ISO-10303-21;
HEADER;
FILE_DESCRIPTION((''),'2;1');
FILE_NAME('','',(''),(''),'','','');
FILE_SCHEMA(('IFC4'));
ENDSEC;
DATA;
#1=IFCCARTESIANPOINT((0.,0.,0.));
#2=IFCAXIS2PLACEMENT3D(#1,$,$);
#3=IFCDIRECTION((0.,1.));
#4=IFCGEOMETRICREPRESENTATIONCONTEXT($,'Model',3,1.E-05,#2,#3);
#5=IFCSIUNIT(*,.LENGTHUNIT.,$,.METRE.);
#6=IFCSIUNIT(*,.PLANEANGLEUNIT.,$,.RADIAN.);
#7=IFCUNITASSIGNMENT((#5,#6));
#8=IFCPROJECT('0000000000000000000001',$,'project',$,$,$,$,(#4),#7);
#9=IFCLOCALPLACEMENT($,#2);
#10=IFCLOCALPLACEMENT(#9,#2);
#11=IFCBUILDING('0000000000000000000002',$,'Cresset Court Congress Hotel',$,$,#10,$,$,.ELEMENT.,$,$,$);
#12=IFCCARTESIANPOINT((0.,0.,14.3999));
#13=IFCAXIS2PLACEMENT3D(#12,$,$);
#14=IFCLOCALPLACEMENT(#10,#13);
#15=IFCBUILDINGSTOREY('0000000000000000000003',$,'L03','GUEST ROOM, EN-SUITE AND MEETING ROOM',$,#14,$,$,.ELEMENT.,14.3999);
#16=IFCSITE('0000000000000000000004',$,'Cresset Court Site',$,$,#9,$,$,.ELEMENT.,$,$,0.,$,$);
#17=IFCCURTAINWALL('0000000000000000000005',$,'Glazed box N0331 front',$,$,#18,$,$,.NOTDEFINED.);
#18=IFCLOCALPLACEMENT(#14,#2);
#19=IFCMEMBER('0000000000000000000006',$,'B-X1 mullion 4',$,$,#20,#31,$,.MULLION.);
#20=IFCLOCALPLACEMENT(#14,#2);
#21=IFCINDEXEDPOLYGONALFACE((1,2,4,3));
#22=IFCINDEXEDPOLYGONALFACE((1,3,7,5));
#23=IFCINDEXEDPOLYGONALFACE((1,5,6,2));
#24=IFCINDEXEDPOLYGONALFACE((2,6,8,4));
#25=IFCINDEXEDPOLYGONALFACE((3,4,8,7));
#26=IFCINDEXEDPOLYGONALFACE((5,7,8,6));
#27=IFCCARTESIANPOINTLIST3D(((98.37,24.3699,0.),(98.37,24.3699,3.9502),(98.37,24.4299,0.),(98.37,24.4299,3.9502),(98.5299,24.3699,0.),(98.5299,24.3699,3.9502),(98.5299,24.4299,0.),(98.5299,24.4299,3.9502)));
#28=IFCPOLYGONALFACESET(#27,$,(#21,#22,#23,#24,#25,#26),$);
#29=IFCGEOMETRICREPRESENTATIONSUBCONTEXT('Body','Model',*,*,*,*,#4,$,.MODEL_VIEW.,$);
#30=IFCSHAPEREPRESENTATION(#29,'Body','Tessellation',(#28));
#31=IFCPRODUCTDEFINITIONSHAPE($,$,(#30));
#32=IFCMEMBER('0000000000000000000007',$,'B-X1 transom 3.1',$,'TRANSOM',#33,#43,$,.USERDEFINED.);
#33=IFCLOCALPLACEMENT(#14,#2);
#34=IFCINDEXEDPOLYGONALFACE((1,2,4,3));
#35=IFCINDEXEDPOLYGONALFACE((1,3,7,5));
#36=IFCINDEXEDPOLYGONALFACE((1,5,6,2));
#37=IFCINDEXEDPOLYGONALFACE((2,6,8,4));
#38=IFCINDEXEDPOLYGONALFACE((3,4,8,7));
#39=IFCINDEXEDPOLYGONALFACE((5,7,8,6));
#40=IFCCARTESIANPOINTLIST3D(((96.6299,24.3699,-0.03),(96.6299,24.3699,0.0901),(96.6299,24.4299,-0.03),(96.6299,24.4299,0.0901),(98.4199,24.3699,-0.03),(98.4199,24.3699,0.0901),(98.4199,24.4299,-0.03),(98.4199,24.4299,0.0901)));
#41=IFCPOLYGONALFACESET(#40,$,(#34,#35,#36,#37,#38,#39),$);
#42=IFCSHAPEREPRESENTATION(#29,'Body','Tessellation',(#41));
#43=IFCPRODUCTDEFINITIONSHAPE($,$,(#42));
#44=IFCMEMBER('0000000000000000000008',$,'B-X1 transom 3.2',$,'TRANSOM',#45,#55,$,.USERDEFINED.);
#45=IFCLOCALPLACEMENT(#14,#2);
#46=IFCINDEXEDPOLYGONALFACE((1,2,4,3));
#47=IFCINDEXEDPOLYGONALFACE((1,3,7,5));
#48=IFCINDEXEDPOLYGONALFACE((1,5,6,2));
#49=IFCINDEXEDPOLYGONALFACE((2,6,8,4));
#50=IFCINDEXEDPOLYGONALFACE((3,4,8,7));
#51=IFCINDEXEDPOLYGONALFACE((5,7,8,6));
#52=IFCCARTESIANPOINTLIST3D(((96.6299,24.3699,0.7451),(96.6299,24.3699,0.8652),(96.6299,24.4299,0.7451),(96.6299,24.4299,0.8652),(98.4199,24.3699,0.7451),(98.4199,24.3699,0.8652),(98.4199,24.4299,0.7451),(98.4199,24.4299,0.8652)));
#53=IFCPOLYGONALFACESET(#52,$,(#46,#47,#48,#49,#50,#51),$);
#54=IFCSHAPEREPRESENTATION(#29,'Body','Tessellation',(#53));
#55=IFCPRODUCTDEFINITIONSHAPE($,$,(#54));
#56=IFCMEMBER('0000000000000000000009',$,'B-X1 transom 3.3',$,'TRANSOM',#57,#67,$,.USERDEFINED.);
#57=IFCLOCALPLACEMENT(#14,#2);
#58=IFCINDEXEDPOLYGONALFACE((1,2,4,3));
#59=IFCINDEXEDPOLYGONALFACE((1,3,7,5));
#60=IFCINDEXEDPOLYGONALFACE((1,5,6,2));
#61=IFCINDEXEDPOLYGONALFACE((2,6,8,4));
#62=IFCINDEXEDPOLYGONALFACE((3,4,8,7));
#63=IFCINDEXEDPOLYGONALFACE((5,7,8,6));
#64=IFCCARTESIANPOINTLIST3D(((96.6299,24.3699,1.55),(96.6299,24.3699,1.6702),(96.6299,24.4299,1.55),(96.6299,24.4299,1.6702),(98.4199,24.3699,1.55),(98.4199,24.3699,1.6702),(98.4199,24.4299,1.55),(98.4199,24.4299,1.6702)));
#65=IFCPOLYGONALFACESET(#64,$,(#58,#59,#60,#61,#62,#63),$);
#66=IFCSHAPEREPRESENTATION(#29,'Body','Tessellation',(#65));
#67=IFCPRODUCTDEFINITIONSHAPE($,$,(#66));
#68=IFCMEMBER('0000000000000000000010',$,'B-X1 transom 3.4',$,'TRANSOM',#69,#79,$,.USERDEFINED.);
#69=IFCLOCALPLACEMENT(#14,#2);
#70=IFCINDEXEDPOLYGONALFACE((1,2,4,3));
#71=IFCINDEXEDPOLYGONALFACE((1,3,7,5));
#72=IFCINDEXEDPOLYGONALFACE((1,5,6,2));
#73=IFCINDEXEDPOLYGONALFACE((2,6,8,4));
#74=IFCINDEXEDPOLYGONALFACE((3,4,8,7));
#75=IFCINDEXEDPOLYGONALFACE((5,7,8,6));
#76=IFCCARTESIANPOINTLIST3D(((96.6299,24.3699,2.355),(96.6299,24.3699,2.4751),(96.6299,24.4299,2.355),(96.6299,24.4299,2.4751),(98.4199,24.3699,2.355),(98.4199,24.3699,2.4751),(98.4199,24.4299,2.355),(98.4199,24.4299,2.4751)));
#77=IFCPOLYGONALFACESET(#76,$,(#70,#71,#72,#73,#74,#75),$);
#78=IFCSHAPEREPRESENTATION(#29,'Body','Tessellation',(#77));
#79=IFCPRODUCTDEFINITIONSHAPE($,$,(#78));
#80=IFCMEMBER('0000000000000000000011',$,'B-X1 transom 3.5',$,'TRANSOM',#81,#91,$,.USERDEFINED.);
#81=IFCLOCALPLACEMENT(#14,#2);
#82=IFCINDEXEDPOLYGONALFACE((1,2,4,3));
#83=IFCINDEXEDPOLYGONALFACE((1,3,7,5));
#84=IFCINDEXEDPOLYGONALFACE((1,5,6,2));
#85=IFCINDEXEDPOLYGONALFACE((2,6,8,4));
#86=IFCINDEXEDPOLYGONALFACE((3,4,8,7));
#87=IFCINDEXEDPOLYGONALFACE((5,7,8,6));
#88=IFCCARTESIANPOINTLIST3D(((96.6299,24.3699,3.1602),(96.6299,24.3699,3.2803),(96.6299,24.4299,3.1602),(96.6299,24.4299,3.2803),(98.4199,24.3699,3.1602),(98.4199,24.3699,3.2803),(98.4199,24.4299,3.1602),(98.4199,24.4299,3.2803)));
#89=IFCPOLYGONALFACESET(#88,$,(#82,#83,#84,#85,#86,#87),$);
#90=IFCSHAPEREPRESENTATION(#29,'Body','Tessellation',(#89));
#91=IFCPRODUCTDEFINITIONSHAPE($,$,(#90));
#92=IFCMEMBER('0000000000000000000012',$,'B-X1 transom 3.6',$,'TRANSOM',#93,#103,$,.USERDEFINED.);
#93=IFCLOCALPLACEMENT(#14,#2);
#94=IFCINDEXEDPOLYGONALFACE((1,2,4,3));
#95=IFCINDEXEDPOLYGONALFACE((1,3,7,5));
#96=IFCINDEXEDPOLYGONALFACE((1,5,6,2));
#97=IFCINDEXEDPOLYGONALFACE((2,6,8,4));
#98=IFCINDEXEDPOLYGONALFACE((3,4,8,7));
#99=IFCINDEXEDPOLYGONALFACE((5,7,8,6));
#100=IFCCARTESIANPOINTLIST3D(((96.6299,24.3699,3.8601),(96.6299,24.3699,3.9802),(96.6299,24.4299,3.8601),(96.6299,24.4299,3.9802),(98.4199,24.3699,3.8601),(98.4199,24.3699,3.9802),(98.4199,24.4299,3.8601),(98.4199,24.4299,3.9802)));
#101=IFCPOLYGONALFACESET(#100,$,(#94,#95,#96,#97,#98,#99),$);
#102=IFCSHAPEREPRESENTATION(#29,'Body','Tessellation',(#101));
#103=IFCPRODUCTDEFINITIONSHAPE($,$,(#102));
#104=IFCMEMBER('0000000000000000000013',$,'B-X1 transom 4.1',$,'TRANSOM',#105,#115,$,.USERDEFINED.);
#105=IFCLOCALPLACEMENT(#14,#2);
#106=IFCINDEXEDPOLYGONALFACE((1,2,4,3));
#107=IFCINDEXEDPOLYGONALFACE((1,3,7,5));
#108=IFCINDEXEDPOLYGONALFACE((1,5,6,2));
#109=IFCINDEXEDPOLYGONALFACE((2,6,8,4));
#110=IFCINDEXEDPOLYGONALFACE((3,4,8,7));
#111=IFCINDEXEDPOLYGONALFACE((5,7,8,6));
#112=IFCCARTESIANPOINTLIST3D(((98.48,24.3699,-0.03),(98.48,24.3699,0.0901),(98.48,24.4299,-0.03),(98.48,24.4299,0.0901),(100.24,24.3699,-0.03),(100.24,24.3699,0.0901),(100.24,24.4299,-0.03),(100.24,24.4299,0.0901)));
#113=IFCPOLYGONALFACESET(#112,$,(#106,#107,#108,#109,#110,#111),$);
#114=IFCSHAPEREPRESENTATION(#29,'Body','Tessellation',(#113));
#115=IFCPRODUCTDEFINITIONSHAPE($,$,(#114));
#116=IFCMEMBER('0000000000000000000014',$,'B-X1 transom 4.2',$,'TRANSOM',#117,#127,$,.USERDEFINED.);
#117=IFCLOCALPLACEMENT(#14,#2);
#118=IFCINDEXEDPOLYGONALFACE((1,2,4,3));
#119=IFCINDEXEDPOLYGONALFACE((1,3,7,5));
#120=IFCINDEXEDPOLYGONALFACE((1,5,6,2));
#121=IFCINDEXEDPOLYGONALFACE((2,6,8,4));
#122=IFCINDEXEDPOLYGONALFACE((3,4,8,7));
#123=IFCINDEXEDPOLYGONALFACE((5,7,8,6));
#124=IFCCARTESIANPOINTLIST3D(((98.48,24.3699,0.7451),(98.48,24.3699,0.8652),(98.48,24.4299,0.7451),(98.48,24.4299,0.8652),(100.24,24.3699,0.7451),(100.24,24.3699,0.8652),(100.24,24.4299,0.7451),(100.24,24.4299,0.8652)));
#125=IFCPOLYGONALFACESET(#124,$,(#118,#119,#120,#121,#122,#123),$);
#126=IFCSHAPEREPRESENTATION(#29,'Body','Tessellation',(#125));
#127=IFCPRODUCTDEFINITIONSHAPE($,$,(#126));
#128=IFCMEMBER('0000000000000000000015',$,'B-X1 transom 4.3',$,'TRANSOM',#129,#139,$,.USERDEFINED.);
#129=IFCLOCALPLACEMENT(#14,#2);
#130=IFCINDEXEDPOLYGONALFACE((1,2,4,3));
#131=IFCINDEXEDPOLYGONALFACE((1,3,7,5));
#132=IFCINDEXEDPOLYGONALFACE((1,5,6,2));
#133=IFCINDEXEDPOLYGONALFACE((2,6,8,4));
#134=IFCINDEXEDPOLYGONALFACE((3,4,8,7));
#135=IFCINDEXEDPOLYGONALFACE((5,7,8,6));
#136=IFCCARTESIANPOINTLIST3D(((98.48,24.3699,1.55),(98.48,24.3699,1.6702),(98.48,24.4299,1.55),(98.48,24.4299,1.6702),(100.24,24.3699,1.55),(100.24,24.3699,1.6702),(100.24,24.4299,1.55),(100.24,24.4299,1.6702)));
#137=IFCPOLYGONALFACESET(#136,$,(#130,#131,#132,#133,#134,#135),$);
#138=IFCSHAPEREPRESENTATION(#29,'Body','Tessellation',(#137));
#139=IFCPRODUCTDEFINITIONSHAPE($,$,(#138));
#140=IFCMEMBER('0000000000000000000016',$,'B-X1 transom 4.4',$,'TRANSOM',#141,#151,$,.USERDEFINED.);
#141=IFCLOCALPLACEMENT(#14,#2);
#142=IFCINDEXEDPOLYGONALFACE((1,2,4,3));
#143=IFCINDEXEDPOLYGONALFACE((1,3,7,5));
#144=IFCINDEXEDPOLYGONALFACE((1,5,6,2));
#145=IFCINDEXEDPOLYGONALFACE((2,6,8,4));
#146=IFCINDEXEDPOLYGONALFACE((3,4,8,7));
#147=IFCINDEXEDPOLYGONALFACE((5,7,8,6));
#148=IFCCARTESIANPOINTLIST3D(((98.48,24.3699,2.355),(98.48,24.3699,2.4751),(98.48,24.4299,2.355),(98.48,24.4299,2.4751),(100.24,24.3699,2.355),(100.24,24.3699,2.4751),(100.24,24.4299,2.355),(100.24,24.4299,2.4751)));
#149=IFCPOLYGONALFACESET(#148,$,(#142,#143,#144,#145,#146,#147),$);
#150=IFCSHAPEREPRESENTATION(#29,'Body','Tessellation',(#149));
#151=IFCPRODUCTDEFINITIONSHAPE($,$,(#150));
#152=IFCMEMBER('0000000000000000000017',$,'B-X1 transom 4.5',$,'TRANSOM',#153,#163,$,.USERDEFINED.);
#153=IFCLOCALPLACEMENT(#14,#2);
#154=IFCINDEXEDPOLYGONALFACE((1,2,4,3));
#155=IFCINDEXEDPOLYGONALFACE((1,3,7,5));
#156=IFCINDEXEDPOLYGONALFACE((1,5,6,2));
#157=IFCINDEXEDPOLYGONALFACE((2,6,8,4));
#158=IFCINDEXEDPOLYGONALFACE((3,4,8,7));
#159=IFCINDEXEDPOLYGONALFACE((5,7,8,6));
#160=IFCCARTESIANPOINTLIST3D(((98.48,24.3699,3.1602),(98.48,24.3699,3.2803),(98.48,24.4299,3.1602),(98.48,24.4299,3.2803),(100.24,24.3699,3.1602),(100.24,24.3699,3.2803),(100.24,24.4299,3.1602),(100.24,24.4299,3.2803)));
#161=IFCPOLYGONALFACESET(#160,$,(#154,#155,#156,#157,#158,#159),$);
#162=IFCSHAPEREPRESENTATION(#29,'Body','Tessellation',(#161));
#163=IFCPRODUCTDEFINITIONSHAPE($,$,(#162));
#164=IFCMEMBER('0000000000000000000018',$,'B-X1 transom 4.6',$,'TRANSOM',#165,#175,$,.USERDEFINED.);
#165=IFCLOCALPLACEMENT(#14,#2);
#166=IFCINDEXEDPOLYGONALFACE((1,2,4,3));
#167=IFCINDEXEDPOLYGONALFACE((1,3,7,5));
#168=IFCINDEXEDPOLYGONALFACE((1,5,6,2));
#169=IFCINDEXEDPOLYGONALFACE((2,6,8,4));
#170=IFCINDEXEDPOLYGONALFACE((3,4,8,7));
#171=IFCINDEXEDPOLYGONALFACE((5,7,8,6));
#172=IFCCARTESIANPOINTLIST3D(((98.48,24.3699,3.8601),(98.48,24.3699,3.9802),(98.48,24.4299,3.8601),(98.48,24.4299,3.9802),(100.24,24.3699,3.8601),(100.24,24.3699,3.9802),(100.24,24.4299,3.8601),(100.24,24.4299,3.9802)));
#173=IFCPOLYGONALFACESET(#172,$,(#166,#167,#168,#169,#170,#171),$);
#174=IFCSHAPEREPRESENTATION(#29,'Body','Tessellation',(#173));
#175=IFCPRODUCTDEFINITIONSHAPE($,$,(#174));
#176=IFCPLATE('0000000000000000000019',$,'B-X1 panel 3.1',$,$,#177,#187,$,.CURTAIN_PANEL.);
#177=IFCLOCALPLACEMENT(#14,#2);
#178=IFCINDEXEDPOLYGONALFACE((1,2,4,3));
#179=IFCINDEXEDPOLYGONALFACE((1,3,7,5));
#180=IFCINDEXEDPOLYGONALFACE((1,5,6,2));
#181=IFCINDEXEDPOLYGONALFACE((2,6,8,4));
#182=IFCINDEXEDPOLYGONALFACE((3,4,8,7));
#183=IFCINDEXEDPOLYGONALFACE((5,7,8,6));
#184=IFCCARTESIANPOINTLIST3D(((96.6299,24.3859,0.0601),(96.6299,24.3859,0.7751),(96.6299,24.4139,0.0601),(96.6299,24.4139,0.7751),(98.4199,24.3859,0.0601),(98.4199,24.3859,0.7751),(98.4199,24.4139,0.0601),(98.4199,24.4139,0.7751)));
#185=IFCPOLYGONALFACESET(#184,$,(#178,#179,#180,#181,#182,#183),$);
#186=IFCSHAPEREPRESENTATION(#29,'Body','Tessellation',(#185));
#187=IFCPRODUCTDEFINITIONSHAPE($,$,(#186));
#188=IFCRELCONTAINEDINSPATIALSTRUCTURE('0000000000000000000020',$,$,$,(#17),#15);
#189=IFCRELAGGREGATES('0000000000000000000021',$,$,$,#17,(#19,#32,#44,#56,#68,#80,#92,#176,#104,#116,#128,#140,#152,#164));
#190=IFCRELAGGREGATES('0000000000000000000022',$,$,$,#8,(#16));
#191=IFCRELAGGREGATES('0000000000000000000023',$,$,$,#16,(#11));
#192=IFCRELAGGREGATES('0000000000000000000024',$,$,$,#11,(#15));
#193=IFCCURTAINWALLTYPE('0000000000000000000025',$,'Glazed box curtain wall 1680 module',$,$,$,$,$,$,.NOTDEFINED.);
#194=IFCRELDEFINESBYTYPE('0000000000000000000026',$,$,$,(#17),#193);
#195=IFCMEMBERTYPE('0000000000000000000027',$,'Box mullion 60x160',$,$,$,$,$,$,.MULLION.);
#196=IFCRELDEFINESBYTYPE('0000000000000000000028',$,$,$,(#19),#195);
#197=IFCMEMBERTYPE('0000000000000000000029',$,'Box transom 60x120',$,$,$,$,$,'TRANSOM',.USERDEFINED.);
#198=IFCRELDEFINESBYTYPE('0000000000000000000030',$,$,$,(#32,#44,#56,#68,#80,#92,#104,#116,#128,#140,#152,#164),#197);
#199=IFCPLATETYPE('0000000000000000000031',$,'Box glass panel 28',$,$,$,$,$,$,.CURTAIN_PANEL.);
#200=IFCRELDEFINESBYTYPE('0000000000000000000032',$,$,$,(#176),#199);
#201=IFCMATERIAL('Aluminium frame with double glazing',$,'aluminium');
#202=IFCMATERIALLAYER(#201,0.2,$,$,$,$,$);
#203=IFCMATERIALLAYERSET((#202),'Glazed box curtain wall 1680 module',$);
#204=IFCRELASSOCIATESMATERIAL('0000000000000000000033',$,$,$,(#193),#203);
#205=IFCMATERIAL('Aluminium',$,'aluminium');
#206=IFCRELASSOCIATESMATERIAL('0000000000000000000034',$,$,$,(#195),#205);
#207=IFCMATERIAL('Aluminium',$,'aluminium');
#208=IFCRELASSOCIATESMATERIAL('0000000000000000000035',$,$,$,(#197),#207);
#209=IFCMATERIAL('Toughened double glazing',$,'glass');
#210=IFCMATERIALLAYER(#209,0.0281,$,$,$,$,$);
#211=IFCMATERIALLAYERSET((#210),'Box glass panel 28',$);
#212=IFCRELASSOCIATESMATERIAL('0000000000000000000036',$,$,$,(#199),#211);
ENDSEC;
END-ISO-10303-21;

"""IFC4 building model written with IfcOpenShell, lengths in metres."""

from ifc_helpers import new_model, si_unit, direction, frame, origin, origin_2d, place, context, subcontext, project, spatial, rectangle, extrude, material, layer, layer_set, material_profile, profile_set, type_object, element, aggregate, save


model = new_model("IFC4")

# Units and contexts
model_context = context("Model", 3, precision=1e-05, world=origin(), true_north=direction((0.0, 1.0)))
body_context = subcontext(model_context, "Body", "Model", "MODEL_VIEW")
ifc_project = project(units=[si_unit("LENGTHUNIT", "METRE"), si_unit("PLANEANGLEUNIT", "RADIAN")], contexts=[model_context])

# Site, building, storey
site_placement = place(None, origin())
site = spatial("IfcSite", under=ifc_project, at=site_placement, Name="Cresset Court Site", CompositionType="ELEMENT", RefElevation=0.0)
building_placement = place(site_placement, origin())
building = spatial("IfcBuilding", under=site, at=building_placement, Name="Cresset Court Congress Hotel", CompositionType="ELEMENT")
storey_placement = place(building_placement, frame((0.0, 0.0, 14.3999)))
storey = spatial("IfcBuildingStorey", under=building, at=storey_placement, Name="L03", Description="GUEST ROOM, EN-SUITE AND MEETING ROOM", CompositionType="ELEMENT", Elevation=14.3999)

# Curtain wall, members, plate
ifc_material_1 = material(Name="Aluminium frame with double glazing", Category="aluminium")
ifc_layer_1 = layer(ifc_material_1, 0.2)
ifc_layer_set_1 = layer_set([ifc_layer_1], Name="Glazed box curtain wall 1680 module")
curtain_wall_type = type_object("IfcCurtainWallType", Name="Glazed box curtain wall 1680 module", PredefinedType="NOTDEFINED", material=ifc_layer_set_1)
curtain_wall_placement = place(storey_placement, origin())
curtain_wall = element("IfcCurtainWall", 1, at=curtain_wall_placement, inside=storey, type_object=curtain_wall_type, Name="Glazed box N0331 front", PredefinedType="NOTDEFINED")
ifc_material_2 = material(Name="Aluminium", Category="aluminium")
ifc_material_profile_1 = material_profile(ifc_material_2, rectangle(XDim=0.0601, YDim=0.1599, at=origin_2d()), Name="Box mullion 60x160")
ifc_profile_set_1 = profile_set([ifc_material_profile_1], Name="Aluminium")
member_type_1 = type_object("IfcMemberType", Name="Box mullion 60x160", PredefinedType="MULLION", material=ifc_profile_set_1)
member_1_placement = place(storey_placement, frame((98.45, 24.3999, 0.0), z_axis=(0.0, 0.0, 1.0), x_axis=(0.0, 1.0, 0.0)))
member_1 = element("IfcMember", 2, at=member_1_placement, type_object=member_type_1, Name="B-X1 mullion 4", PredefinedType="MULLION", context=body_context, shape_type="SweptSolid", body=[
    extrude(rectangle(XDim=0.0601, YDim=0.1599, at=origin_2d()), origin(), (0.0, 0.0, 1.0), 3.9502),
])
ifc_material_3 = material(Name="Aluminium", Category="aluminium")
ifc_material_profile_2 = material_profile(ifc_material_3, rectangle(XDim=0.0601, YDim=0.1201, at=origin_2d()), Name="Box transom 60x120")
ifc_profile_set_2 = profile_set([ifc_material_profile_2], Name="Aluminium")
member_type_2 = type_object("IfcMemberType", Name="Box transom 60x120", ElementType="TRANSOM", PredefinedType="USERDEFINED", material=ifc_profile_set_2)
member_2_placement = place(storey_placement, frame((96.6299, 24.3999, 0.03), z_axis=(1.0, 0.0, 0.0), x_axis=(0.0, 1.0, 0.0)))
member_2 = element("IfcMember", 3, at=member_2_placement, type_object=member_type_2, Name="B-X1 transom 3.1", ObjectType="TRANSOM", PredefinedType="USERDEFINED", context=body_context, shape_type="SweptSolid", body=[
    extrude(rectangle(XDim=0.0601, YDim=0.1201, at=origin_2d()), origin(), (0.0, 0.0, 1.0), 1.79),
])
member_3_placement = place(storey_placement, frame((96.6299, 24.3999, 0.8052), z_axis=(1.0, 0.0, 0.0), x_axis=(0.0, 1.0, 0.0)))
member_3 = element("IfcMember", 4, at=member_3_placement, type_object=member_type_2, Name="B-X1 transom 3.2", ObjectType="TRANSOM", PredefinedType="USERDEFINED", context=body_context, shape_type="SweptSolid", body=[
    extrude(rectangle(XDim=0.0601, YDim=0.1201, at=origin_2d()), origin(), (0.0, 0.0, 1.0), 1.79),
])
member_4_placement = place(storey_placement, frame((96.6299, 24.3999, 1.6101), z_axis=(1.0, 0.0, 0.0), x_axis=(0.0, 1.0, 0.0)))
member_4 = element("IfcMember", 5, at=member_4_placement, type_object=member_type_2, Name="B-X1 transom 3.3", ObjectType="TRANSOM", PredefinedType="USERDEFINED", context=body_context, shape_type="SweptSolid", body=[
    extrude(rectangle(XDim=0.0601, YDim=0.1201, at=origin_2d()), origin(), (0.0, 0.0, 1.0), 1.79),
])
member_5_placement = place(storey_placement, frame((96.6299, 24.3999, 2.415), z_axis=(1.0, 0.0, 0.0), x_axis=(0.0, 1.0, 0.0)))
member_5 = element("IfcMember", 6, at=member_5_placement, type_object=member_type_2, Name="B-X1 transom 3.4", ObjectType="TRANSOM", PredefinedType="USERDEFINED", context=body_context, shape_type="SweptSolid", body=[
    extrude(rectangle(XDim=0.0601, YDim=0.1201, at=origin_2d()), origin(), (0.0, 0.0, 1.0), 1.79),
])
member_6_placement = place(storey_placement, frame((96.6299, 24.3999, 3.2202), z_axis=(1.0, 0.0, 0.0), x_axis=(0.0, 1.0, 0.0)))
member_6 = element("IfcMember", 7, at=member_6_placement, type_object=member_type_2, Name="B-X1 transom 3.5", ObjectType="TRANSOM", PredefinedType="USERDEFINED", context=body_context, shape_type="SweptSolid", body=[
    extrude(rectangle(XDim=0.0601, YDim=0.1201, at=origin_2d()), origin(), (0.0, 0.0, 1.0), 1.79),
])
member_7_placement = place(storey_placement, frame((96.6299, 24.3999, 3.9202), z_axis=(1.0, 0.0, 0.0), x_axis=(0.0, 1.0, 0.0)))
member_7 = element("IfcMember", 8, at=member_7_placement, type_object=member_type_2, Name="B-X1 transom 3.6", ObjectType="TRANSOM", PredefinedType="USERDEFINED", context=body_context, shape_type="SweptSolid", body=[
    extrude(rectangle(XDim=0.0601, YDim=0.1201, at=origin_2d()), origin(), (0.0, 0.0, 1.0), 1.79),
])
member_8_placement = place(storey_placement, frame((98.48, 24.3999, 0.03), z_axis=(1.0, 0.0, 0.0), x_axis=(0.0, 1.0, 0.0)))
member_8 = element("IfcMember", 9, at=member_8_placement, type_object=member_type_2, Name="B-X1 transom 4.1", ObjectType="TRANSOM", PredefinedType="USERDEFINED", context=body_context, shape_type="SweptSolid", body=[
    extrude(rectangle(XDim=0.0601, YDim=0.1201, at=origin_2d()), origin(), (0.0, 0.0, 1.0), 1.76),
])
member_9_placement = place(storey_placement, frame((98.48, 24.3999, 0.8052), z_axis=(1.0, 0.0, 0.0), x_axis=(0.0, 1.0, 0.0)))
member_9 = element("IfcMember", 10, at=member_9_placement, type_object=member_type_2, Name="B-X1 transom 4.2", ObjectType="TRANSOM", PredefinedType="USERDEFINED", context=body_context, shape_type="SweptSolid", body=[
    extrude(rectangle(XDim=0.0601, YDim=0.1201, at=origin_2d()), origin(), (0.0, 0.0, 1.0), 1.76),
])
member_10_placement = place(storey_placement, frame((98.48, 24.3999, 1.6101), z_axis=(1.0, 0.0, 0.0), x_axis=(0.0, 1.0, 0.0)))
member_10 = element("IfcMember", 11, at=member_10_placement, type_object=member_type_2, Name="B-X1 transom 4.3", ObjectType="TRANSOM", PredefinedType="USERDEFINED", context=body_context, shape_type="SweptSolid", body=[
    extrude(rectangle(XDim=0.0601, YDim=0.1201, at=origin_2d()), origin(), (0.0, 0.0, 1.0), 1.76),
])
member_11_placement = place(storey_placement, frame((98.48, 24.3999, 2.415), z_axis=(1.0, 0.0, 0.0), x_axis=(0.0, 1.0, 0.0)))
member_11 = element("IfcMember", 12, at=member_11_placement, type_object=member_type_2, Name="B-X1 transom 4.4", ObjectType="TRANSOM", PredefinedType="USERDEFINED", context=body_context, shape_type="SweptSolid", body=[
    extrude(rectangle(XDim=0.0601, YDim=0.1201, at=origin_2d()), origin(), (0.0, 0.0, 1.0), 1.76),
])
member_12_placement = place(storey_placement, frame((98.48, 24.3999, 3.2202), z_axis=(1.0, 0.0, 0.0), x_axis=(0.0, 1.0, 0.0)))
member_12 = element("IfcMember", 13, at=member_12_placement, type_object=member_type_2, Name="B-X1 transom 4.5", ObjectType="TRANSOM", PredefinedType="USERDEFINED", context=body_context, shape_type="SweptSolid", body=[
    extrude(rectangle(XDim=0.0601, YDim=0.1201, at=origin_2d()), origin(), (0.0, 0.0, 1.0), 1.76),
])
member_13_placement = place(storey_placement, frame((98.48, 24.3999, 3.9202), z_axis=(1.0, 0.0, 0.0), x_axis=(0.0, 1.0, 0.0)))
member_13 = element("IfcMember", 14, at=member_13_placement, type_object=member_type_2, Name="B-X1 transom 4.6", ObjectType="TRANSOM", PredefinedType="USERDEFINED", context=body_context, shape_type="SweptSolid", body=[
    extrude(rectangle(XDim=0.0601, YDim=0.1201, at=origin_2d()), origin(), (0.0, 0.0, 1.0), 1.76),
])
ifc_material_4 = material(Name="Toughened double glazing", Category="glass")
ifc_layer_2 = layer(ifc_material_4, 0.0281)
ifc_layer_set_2 = layer_set([ifc_layer_2], Name="Box glass panel 28")
plate_type_1 = type_object("IfcPlateType", Name="Box glass panel 28", PredefinedType="CURTAIN_PANEL", material=ifc_layer_set_2)
plate_1_placement = place(storey_placement, frame((97.5249, 24.3999, 0.0601), z_axis=(0.0, 0.0, 1.0), x_axis=(1.0, 0.0, 0.0)))
plate_1 = element("IfcPlate", 15, at=plate_1_placement, type_object=plate_type_1, Name="B-X1 panel 3.1", PredefinedType="CURTAIN_PANEL", context=body_context, shape_type="SweptSolid", body=[
    extrude(rectangle(XDim=1.79, YDim=0.0281, at=origin_2d()), origin(), (0.0, 0.0, 1.0), 0.7151),
])
aggregate(curtain_wall, [member_1, member_2, member_3, member_4, member_5, member_6, member_7, plate_1, member_8, member_9, member_10, member_11, member_12, member_13])

save(model, "model.ifc")
